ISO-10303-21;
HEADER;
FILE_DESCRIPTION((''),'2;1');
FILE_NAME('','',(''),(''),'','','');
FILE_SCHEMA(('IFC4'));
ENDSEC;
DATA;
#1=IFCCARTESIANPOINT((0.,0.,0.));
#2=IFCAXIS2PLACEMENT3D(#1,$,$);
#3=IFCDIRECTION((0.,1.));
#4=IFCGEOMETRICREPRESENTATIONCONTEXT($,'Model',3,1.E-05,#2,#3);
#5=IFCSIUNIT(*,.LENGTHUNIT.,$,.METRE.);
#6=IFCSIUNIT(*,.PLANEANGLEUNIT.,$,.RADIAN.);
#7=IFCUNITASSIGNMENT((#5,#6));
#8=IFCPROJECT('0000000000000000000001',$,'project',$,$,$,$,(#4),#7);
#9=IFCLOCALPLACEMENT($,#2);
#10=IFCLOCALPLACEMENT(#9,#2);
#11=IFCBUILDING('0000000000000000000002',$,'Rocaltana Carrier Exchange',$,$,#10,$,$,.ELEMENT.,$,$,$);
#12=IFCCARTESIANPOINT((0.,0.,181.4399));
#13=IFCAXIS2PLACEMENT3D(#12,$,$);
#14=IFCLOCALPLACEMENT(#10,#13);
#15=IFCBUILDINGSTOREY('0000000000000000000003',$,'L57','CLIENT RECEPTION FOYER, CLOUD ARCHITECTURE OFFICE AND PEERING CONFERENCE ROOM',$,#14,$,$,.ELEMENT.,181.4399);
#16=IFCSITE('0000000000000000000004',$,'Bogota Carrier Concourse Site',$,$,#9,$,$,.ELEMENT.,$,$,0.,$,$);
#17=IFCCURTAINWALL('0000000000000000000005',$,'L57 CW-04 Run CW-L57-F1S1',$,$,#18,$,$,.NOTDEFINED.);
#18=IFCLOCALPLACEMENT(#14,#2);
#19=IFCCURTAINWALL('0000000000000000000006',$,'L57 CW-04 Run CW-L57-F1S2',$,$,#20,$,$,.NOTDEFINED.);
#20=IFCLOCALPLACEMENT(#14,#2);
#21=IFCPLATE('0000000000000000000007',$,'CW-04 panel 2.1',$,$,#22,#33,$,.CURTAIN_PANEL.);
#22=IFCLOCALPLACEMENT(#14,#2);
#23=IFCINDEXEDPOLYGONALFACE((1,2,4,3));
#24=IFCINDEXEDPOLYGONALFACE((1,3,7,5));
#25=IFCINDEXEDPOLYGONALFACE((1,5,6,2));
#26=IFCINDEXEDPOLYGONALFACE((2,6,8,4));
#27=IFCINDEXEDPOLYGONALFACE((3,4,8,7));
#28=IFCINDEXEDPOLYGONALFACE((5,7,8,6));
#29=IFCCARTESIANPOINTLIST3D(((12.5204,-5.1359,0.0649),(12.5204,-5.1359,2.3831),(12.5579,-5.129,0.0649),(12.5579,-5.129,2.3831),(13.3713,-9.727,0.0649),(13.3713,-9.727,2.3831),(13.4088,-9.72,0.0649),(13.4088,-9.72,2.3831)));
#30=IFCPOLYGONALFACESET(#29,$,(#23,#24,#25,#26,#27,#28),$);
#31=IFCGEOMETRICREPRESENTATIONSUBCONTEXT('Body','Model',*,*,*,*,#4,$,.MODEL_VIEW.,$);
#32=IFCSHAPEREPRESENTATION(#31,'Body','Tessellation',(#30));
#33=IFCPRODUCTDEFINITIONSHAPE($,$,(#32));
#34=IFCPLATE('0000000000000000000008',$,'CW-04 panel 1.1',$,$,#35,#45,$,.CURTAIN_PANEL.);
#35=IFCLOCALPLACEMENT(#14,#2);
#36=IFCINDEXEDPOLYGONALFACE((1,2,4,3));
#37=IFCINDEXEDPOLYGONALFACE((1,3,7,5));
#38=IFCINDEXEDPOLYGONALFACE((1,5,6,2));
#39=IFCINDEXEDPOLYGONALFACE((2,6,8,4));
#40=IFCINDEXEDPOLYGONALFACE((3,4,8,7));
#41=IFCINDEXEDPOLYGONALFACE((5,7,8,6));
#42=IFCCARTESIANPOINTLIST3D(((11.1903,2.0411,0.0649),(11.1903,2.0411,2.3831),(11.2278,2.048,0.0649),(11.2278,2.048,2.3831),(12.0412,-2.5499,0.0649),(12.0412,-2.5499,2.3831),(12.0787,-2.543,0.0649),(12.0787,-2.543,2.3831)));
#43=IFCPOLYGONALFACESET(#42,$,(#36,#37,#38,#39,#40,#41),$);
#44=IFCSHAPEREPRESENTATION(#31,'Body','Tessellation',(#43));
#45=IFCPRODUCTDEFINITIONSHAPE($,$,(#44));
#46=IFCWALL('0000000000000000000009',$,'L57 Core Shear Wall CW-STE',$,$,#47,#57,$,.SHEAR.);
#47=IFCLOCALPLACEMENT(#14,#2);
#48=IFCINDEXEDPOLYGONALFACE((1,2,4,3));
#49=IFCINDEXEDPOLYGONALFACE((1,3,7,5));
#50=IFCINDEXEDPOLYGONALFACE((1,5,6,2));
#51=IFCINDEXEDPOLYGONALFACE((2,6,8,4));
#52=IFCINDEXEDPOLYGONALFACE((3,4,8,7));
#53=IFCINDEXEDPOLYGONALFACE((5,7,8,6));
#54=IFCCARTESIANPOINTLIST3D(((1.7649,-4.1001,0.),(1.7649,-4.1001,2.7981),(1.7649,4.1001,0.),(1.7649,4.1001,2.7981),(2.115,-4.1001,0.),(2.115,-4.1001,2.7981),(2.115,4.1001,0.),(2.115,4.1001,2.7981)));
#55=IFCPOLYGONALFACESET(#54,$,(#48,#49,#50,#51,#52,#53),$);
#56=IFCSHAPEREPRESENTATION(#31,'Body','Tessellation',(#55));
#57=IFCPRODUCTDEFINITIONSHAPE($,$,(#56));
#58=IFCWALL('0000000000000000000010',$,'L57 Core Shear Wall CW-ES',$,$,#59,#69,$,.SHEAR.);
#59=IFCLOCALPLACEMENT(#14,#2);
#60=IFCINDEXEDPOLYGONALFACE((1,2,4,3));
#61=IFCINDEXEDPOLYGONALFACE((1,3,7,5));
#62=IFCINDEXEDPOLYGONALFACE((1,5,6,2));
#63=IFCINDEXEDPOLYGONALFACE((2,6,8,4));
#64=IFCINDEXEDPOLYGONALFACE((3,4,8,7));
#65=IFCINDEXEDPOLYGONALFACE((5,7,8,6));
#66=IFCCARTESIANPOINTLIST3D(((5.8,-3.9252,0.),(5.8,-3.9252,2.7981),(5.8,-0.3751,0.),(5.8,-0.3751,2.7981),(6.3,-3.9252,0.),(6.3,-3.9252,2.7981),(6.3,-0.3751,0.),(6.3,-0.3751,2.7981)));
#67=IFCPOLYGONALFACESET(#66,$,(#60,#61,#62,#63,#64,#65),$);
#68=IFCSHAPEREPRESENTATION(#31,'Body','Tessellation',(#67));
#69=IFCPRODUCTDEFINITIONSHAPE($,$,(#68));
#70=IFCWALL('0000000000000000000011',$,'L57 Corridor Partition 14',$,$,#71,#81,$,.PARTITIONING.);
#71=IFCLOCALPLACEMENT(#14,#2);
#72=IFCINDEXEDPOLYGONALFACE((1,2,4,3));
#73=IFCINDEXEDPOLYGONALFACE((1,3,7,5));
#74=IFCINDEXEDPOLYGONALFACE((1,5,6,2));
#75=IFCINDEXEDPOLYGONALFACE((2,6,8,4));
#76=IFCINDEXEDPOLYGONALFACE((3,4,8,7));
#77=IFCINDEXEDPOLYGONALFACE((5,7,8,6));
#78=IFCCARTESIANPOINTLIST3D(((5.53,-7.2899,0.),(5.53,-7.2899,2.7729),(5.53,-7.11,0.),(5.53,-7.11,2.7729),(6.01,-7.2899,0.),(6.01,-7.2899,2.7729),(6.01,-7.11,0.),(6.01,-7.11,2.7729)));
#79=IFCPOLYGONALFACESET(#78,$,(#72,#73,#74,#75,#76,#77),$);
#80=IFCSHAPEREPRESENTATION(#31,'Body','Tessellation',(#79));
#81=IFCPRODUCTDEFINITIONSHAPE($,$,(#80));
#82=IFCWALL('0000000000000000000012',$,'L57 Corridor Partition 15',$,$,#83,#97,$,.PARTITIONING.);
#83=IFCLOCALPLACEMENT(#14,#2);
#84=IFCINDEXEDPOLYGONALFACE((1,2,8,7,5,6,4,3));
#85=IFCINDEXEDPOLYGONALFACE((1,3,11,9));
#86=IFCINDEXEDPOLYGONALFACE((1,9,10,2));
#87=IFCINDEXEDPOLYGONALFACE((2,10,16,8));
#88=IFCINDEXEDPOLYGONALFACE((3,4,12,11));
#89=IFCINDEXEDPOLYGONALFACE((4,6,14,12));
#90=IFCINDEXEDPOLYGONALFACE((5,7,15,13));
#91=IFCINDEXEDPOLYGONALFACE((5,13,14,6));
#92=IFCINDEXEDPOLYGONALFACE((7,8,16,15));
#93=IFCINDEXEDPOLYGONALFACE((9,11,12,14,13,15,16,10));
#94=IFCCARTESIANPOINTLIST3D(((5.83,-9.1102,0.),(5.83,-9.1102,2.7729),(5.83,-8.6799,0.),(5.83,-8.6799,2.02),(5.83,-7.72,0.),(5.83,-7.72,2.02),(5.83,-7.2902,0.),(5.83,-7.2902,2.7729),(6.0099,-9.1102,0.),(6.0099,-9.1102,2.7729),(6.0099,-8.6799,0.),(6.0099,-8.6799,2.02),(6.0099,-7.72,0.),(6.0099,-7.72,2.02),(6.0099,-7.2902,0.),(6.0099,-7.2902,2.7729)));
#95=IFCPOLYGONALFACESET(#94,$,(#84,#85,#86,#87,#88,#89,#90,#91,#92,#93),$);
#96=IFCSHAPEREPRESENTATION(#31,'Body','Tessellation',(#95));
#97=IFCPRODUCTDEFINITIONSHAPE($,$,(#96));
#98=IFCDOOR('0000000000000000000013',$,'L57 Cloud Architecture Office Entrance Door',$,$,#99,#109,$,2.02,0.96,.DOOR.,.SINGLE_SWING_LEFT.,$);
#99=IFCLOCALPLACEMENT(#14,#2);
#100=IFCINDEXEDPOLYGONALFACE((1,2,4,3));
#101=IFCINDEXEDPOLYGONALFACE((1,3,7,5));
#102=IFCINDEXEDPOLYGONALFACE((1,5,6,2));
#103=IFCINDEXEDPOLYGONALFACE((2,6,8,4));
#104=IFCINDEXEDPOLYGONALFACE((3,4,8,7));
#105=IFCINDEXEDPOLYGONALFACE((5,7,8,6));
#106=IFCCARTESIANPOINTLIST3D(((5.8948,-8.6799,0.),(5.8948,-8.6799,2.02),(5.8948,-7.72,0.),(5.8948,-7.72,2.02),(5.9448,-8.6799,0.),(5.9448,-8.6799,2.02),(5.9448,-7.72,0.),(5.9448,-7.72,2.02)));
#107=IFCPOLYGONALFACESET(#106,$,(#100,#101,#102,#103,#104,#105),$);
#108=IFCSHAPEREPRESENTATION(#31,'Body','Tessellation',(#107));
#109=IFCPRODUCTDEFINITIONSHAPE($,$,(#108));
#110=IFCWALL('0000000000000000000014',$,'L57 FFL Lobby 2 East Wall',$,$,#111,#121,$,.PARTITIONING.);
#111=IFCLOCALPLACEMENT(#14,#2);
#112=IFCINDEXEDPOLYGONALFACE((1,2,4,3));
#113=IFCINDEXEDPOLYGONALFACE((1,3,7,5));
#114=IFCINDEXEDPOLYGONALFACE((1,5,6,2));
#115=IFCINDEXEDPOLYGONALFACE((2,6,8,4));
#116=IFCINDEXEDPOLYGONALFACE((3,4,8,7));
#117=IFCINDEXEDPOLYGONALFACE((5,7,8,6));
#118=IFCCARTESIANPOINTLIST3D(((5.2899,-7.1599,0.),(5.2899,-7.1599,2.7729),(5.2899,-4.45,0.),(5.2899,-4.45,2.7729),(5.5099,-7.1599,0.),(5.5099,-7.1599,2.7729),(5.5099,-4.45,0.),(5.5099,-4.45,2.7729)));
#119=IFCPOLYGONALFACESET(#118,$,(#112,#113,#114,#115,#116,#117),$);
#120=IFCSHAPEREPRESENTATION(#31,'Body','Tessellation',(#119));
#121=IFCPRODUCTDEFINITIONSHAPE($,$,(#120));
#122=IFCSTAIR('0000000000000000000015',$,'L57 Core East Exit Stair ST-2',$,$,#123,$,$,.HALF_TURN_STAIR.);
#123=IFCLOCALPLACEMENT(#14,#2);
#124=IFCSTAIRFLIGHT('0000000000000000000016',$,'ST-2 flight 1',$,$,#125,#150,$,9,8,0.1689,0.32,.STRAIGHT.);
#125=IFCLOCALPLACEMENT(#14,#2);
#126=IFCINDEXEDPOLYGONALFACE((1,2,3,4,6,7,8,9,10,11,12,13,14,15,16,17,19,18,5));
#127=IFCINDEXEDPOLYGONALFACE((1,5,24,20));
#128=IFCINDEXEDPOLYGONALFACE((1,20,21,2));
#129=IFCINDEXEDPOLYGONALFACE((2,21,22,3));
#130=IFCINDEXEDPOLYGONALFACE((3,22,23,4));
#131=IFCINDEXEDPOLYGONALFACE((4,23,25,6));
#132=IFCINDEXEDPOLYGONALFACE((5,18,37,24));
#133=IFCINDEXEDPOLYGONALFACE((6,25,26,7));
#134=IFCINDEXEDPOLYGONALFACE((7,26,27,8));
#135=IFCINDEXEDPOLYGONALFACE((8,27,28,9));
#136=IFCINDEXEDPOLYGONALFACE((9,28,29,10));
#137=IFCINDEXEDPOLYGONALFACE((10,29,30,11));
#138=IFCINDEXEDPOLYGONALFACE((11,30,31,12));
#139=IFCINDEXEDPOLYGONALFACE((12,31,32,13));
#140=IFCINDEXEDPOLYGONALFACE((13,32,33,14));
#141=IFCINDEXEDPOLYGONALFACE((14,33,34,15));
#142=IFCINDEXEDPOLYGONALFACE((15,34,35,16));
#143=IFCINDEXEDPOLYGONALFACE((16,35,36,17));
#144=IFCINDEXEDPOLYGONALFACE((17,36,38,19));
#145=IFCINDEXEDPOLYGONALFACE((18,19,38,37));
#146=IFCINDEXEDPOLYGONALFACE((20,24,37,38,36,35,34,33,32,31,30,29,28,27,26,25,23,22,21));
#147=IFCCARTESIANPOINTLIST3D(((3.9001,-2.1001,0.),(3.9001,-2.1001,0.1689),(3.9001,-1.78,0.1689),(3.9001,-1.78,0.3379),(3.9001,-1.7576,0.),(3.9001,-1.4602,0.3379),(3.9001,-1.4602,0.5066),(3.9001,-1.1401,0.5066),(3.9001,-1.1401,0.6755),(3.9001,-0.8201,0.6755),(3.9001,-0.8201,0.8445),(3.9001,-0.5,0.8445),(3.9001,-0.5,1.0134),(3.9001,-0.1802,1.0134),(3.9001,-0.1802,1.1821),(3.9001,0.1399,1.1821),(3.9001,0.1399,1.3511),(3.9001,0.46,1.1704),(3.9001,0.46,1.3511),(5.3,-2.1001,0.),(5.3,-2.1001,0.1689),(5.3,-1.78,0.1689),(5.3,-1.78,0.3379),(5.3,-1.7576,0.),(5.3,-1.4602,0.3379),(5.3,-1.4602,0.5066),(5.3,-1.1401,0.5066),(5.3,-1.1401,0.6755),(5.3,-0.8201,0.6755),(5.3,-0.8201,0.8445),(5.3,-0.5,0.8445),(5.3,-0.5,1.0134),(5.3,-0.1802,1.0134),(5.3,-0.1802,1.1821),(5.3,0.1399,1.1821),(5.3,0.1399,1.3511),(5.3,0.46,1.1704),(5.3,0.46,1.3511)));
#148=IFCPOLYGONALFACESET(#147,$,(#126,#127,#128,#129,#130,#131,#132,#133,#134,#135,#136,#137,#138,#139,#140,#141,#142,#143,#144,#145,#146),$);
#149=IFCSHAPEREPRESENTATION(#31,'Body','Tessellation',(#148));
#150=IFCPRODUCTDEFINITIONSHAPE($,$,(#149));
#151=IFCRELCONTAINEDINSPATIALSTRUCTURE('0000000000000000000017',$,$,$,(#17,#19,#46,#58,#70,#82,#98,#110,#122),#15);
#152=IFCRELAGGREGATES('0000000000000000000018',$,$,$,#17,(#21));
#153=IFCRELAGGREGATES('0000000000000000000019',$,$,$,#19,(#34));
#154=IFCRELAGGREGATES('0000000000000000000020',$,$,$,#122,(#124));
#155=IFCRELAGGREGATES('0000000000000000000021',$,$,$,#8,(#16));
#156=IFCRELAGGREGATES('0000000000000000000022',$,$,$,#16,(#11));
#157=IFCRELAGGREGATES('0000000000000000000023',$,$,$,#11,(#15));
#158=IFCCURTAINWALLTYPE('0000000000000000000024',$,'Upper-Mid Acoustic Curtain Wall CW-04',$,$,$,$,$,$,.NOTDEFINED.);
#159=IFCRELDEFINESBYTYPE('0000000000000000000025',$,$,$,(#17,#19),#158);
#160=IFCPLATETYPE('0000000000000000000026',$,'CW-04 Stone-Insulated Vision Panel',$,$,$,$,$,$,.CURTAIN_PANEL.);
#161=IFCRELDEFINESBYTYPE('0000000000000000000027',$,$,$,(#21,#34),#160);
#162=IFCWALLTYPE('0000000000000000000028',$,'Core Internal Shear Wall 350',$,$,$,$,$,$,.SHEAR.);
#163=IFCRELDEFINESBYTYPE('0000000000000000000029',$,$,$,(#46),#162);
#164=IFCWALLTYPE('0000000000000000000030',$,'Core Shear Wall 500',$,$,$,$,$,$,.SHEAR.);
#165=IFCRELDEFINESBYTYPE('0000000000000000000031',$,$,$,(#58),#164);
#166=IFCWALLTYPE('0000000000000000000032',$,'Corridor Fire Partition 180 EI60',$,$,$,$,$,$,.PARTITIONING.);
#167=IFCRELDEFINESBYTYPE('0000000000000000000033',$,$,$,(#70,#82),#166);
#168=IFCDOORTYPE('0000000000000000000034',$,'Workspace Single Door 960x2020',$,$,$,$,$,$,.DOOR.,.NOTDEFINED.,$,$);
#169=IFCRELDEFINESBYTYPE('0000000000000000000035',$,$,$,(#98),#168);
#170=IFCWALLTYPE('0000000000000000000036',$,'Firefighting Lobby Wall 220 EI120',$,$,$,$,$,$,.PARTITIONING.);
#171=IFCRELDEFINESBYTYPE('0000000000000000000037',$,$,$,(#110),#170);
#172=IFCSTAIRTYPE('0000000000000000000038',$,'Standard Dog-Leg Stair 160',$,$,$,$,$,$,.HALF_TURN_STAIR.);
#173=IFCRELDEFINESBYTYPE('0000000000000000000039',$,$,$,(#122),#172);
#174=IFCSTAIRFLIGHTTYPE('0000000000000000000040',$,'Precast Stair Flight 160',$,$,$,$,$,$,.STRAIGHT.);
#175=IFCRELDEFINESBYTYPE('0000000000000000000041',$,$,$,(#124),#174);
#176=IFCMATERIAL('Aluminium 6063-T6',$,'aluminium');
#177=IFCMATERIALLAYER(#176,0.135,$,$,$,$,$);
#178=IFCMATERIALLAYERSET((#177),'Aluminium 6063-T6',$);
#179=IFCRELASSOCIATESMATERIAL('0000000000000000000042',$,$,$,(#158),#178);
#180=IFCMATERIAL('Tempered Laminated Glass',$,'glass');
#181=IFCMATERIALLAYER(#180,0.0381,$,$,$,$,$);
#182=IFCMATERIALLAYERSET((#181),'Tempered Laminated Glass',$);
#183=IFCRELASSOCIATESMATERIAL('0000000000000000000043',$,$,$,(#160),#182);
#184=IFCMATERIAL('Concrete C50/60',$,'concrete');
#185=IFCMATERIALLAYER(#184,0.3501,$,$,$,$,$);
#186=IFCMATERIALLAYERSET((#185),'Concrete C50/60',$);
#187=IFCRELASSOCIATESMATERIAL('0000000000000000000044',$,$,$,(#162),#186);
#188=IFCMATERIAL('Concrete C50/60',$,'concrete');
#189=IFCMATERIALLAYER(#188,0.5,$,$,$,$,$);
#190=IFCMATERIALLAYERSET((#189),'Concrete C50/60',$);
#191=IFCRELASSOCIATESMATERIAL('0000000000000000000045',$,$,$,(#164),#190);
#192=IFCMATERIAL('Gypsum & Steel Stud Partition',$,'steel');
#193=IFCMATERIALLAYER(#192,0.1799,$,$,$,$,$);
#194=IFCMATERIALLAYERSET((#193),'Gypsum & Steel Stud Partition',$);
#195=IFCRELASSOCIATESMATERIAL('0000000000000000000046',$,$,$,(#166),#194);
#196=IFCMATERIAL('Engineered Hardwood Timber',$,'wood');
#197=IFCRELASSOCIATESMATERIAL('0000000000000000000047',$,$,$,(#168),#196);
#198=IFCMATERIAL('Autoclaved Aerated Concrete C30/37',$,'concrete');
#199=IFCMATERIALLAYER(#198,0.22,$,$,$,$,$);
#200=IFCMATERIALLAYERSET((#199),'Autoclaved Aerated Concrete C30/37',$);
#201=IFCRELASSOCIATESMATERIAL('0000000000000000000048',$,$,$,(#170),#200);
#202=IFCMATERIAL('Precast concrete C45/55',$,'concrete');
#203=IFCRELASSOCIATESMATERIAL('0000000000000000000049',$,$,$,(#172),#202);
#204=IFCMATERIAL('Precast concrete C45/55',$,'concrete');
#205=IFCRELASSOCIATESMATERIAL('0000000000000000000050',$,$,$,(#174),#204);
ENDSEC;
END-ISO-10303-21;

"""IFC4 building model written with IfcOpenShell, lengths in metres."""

from ifc_helpers import new_model, si_unit, direction, frame, frame_2d, origin, origin_2d, place, context, subcontext, project, spatial, polyline, rectangle, outline, extrude, material, layer, layer_set, type_object, element, fill, aggregate, save


model = new_model("IFC4")

# Units and contexts
model_context = context("Model", 3, precision=1e-05, world=origin(), true_north=direction((0.0, 1.0)))
body_context = subcontext(model_context, "Body", "Model", "MODEL_VIEW")
ifc_project = project(units=[si_unit("LENGTHUNIT", "METRE"), si_unit("PLANEANGLEUNIT", "RADIAN")], contexts=[model_context])

# Site, building, storey
site_placement = place(None, origin())
site = spatial("IfcSite", under=ifc_project, at=site_placement, Name="Bogota Carrier Concourse Site", CompositionType="ELEMENT", RefElevation=0.0)
building_placement = place(site_placement, origin())
building = spatial("IfcBuilding", under=site, at=building_placement, Name="Rocaltana Carrier Exchange", CompositionType="ELEMENT")
storey_placement = place(building_placement, frame((0.0, 0.0, 181.4399)))
storey = spatial("IfcBuildingStorey", under=building, at=storey_placement, Name="L57", Description="CLIENT RECEPTION FOYER, CLOUD ARCHITECTURE OFFICE AND PEERING CONFERENCE ROOM", CompositionType="ELEMENT", Elevation=181.4399)

# Curtain wall
ifc_material_1 = material(Name="Aluminium 6063-T6", Category="aluminium")
ifc_layer_1 = layer(ifc_material_1, 0.135)
ifc_layer_set_1 = layer_set([ifc_layer_1], Name="Aluminium 6063-T6")
curtain_wall_type = type_object("IfcCurtainWallType", Name="Upper-Mid Acoustic Curtain Wall CW-04", PredefinedType="NOTDEFINED", material=ifc_layer_set_1)
curtain_wall_1_placement = place(storey_placement, origin())
curtain_wall_1 = element("IfcCurtainWall", 1, at=curtain_wall_1_placement, inside=storey, type_object=curtain_wall_type, Name="L57 CW-04 Run CW-L57-F1S1", PredefinedType="NOTDEFINED")

# Curtain wall
curtain_wall_2_placement = place(storey_placement, origin())
curtain_wall_2 = element("IfcCurtainWall", 2, at=curtain_wall_2_placement, inside=storey, type_object=curtain_wall_type, Name="L57 CW-04 Run CW-L57-F1S2", PredefinedType="NOTDEFINED")

# Plates
ifc_material_2 = material(Name="Tempered Laminated Glass", Category="glass")
ifc_layer_2 = layer(ifc_material_2, 0.0381)
ifc_layer_set_2 = layer_set([ifc_layer_2], Name="Tempered Laminated Glass")
plate_type = type_object("IfcPlateType", Name="CW-04 Stone-Insulated Vision Panel", PredefinedType="CURTAIN_PANEL", material=ifc_layer_set_2)
plate_1_placement = place(storey_placement, frame((12.9646, -7.428, 0.0649), z_axis=(0.0, 0.0, 1.0), x_axis=(-0.182234, 0.983255, 0.0)))
plate_1 = element("IfcPlate", 3, at=plate_1_placement, type_object=plate_type, Name="CW-04 panel 2.1", PredefinedType="CURTAIN_PANEL", context=body_context, shape_type="SweptSolid", body=[
    extrude(rectangle(XDim=4.6692, YDim=0.0381, at=origin_2d()), origin(), (0.0, 0.0, 1.0), 2.3181),
])
aggregate(curtain_wall_1, [plate_1])
plate_2_placement = place(storey_placement, frame((11.6345, -0.251, 0.0649), z_axis=(0.0, 0.0, 1.0), x_axis=(-0.182236, 0.983255, 0.0)))
plate_2 = element("IfcPlate", 4, at=plate_2_placement, type_object=plate_type, Name="CW-04 panel 1.1", PredefinedType="CURTAIN_PANEL", context=body_context, shape_type="SweptSolid", body=[
    extrude(rectangle(XDim=4.6692, YDim=0.0381, at=origin_2d()), origin(), (0.0, 0.0, 1.0), 2.3181),
])
aggregate(curtain_wall_2, [plate_2])

# Walls
ifc_material_3 = material(Name="Concrete C50/60", Category="concrete")
ifc_layer_3 = layer(ifc_material_3, 0.3501)
ifc_layer_set_3 = layer_set([ifc_layer_3], Name="Concrete C50/60")
wall_type_1 = type_object("IfcWallType", Name="Core Internal Shear Wall 350", PredefinedType="SHEAR", material=ifc_layer_set_3)
wall_1_placement = place(storey_placement, frame((1.9399, -4.1001, 0.0), z_axis=(0.0, 0.0, 1.0), x_axis=(0.0, 1.0, 0.0)))
element("IfcWall", 5, at=wall_1_placement, inside=storey, type_object=wall_type_1, Name="L57 Core Shear Wall CW-STE", PredefinedType="SHEAR", context=body_context, shape_type="SweptSolid", body=[
    extrude(rectangle(XDim=8.2002, YDim=0.3501, at=frame_2d((4.1001, 0.0))), origin(), (0.0, 0.0, 1.0), 2.7981),
])
ifc_material_4 = material(Name="Concrete C50/60", Category="concrete")
ifc_layer_4 = layer(ifc_material_4, 0.5)
ifc_layer_set_4 = layer_set([ifc_layer_4], Name="Concrete C50/60")
wall_type_2 = type_object("IfcWallType", Name="Core Shear Wall 500", PredefinedType="SHEAR", material=ifc_layer_set_4)
wall_2_placement = place(storey_placement, frame((6.05, -3.925, 0.0), z_axis=(0.0, 0.0, 1.0), x_axis=(0.0, 1.0, 0.0)))
element("IfcWall", 6, at=wall_2_placement, inside=storey, type_object=wall_type_2, Name="L57 Core Shear Wall CW-ES", PredefinedType="SHEAR", context=body_context, shape_type="SweptSolid", body=[
    extrude(rectangle(XDim=3.55, YDim=0.5, at=frame_2d((1.7749, 0.0))), origin(), (0.0, 0.0, 1.0), 2.7981),
])
ifc_material_5 = material(Name="Gypsum & Steel Stud Partition", Category="steel")
ifc_layer_5 = layer(ifc_material_5, 0.1799)
ifc_layer_set_5 = layer_set([ifc_layer_5], Name="Gypsum & Steel Stud Partition")
wall_type_3 = type_object("IfcWallType", Name="Corridor Fire Partition 180 EI60", PredefinedType="PARTITIONING", material=ifc_layer_set_5)
wall_3_placement = place(storey_placement, frame((5.53, -7.2, 0.0), z_axis=(0.0, 0.0, 1.0), x_axis=(1.0, 0.0, 0.0)))
element("IfcWall", 7, at=wall_3_placement, inside=storey, type_object=wall_type_3, Name="L57 Corridor Partition 14", PredefinedType="PARTITIONING", context=body_context, shape_type="SweptSolid", body=[
    extrude(rectangle(XDim=0.48, YDim=0.1799, at=frame_2d((0.24, 0.0))), origin(), (0.0, 0.0, 1.0), 2.7729),
])

# Wall, opening, door
wall_4_placement = place(storey_placement, frame((5.9199, -7.29, 0.0), z_axis=(0.0, 0.0, 1.0), x_axis=(0.0, -1.0, 0.0)))
wall_4 = element("IfcWall", 8, at=wall_4_placement, inside=storey, type_object=wall_type_3, Name="L57 Corridor Partition 15", PredefinedType="PARTITIONING", context=body_context, shape_type="SweptSolid", body=[
    extrude(rectangle(XDim=1.8201, YDim=0.1799, at=frame_2d((0.9102, 0.0))), origin(), (0.0, 0.0, 1.0), 2.7729),
])
opening_placement = place(wall_4_placement, frame((0.4299, 0.0, 0.0)))
opening = element("IfcOpeningElement", 9, at=opening_placement, cuts=wall_4, PredefinedType="OPENING", context=body_context, shape_type="SweptSolid", body=[
    extrude(rectangle(XDim=0.96, YDim=2.02, at=frame_2d((0.48, 1.01))), frame((0.0, 0.0999, 0.0), z_axis=(0.0, -1.0, 0.0), x_axis=(1.0, 0.0, 0.0)), (0.0, 0.0, 1.0), 0.2),
])
ifc_material_6 = material(Name="Engineered Hardwood Timber", Category="wood")
door_type = type_object("IfcDoorType", Name="Workspace Single Door 960x2020", OperationType="NOTDEFINED", PredefinedType="DOOR", material=ifc_material_6)
door_placement = place(opening_placement, origin())
door = element("IfcDoor", 10, at=door_placement, inside=storey, type_object=door_type, Name="L57 Cloud Architecture Office Entrance Door", OperationType="SINGLE_SWING_LEFT", OverallHeight=2.02, OverallWidth=0.96, PredefinedType="DOOR", context=body_context, shape_type="SweptSolid", body=[
    extrude(rectangle(XDim=0.96, YDim=2.02, at=frame_2d((0.48, 1.01))), frame((0.0, 0.0249, 0.0), z_axis=(0.0, -1.0, 0.0), x_axis=(1.0, 0.0, 0.0)), (0.0, 0.0, 1.0), 0.05),
])
fill(opening, door)

# Wall
ifc_material_7 = material(Name="Autoclaved Aerated Concrete C30/37", Category="concrete")
ifc_layer_6 = layer(ifc_material_7, 0.22)
ifc_layer_set_6 = layer_set([ifc_layer_6], Name="Autoclaved Aerated Concrete C30/37")
wall_type_4 = type_object("IfcWallType", Name="Firefighting Lobby Wall 220 EI120", PredefinedType="PARTITIONING", material=ifc_layer_set_6)
wall_5_placement = place(storey_placement, frame((5.3999, -7.1599, 0.0), z_axis=(0.0, 0.0, 1.0), x_axis=(0.0, 1.0, 0.0)))
element("IfcWall", 11, at=wall_5_placement, inside=storey, type_object=wall_type_4, Name="L57 FFL Lobby 2 East Wall", PredefinedType="PARTITIONING", context=body_context, shape_type="SweptSolid", body=[
    extrude(rectangle(XDim=2.71, YDim=0.22, at=frame_2d((1.355, 0.0))), origin(), (0.0, 0.0, 1.0), 2.7729),
])

# Stair, stair flight
ifc_material_8 = material(Name="Precast concrete C45/55", Category="concrete")
stair_type = type_object("IfcStairType", Name="Standard Dog-Leg Stair 160", PredefinedType="HALF_TURN_STAIR", material=ifc_material_8)
stair_placement = place(storey_placement, origin())
stair = element("IfcStair", 12, at=stair_placement, inside=storey, type_object=stair_type, Name="L57 Core East Exit Stair ST-2", PredefinedType="HALF_TURN_STAIR")
ifc_material_9 = material(Name="Precast concrete C45/55", Category="concrete")
stair_flight_type = type_object("IfcStairFlightType", Name="Precast Stair Flight 160", PredefinedType="STRAIGHT", material=ifc_material_9)
stair_flight_placement = place(storey_placement, frame((4.6001, -2.1001, 0.0), z_axis=(0.0, 0.0, 1.0), x_axis=(0.0, 1.0, 0.0)))
stair_flight = element("IfcStairFlight", 13, at=stair_flight_placement, type_object=stair_flight_type, Name="ST-2 flight 1", NumberOfRisers=9, NumberOfTreads=8, PredefinedType="STRAIGHT", RiserHeight=0.1689, TreadLength=0.32, context=body_context, shape_type="SweptSolid", body=[
    extrude(outline(polyline([(0.0, 0.0), (0.0, 0.1689), (0.3201, 0.1689), (0.3201, 0.3379), (0.6399, 0.3379), (0.6399, 0.5066), (0.96, 0.5066), (0.96, 0.6755), (1.28, 0.6755), (1.28, 0.8445), (1.6001, 0.8445), (1.6001, 1.0134), (1.9199, 1.0134), (1.9199, 1.1821), (2.24, 1.1821), (2.24, 1.3511), (2.5601, 1.3511), (2.5601, 1.52), (2.5601, 1.1704), (0.3425, 0.0), (0.0, 0.0)])), frame((0.0, 0.7, 0.0), z_axis=(0.0, -1.0, 0.0), x_axis=(1.0, 0.0, 0.0)), (0.0, 0.0, 1.0), 1.3999),
])
aggregate(stair, [stair_flight])

save(model, "model.ifc")
